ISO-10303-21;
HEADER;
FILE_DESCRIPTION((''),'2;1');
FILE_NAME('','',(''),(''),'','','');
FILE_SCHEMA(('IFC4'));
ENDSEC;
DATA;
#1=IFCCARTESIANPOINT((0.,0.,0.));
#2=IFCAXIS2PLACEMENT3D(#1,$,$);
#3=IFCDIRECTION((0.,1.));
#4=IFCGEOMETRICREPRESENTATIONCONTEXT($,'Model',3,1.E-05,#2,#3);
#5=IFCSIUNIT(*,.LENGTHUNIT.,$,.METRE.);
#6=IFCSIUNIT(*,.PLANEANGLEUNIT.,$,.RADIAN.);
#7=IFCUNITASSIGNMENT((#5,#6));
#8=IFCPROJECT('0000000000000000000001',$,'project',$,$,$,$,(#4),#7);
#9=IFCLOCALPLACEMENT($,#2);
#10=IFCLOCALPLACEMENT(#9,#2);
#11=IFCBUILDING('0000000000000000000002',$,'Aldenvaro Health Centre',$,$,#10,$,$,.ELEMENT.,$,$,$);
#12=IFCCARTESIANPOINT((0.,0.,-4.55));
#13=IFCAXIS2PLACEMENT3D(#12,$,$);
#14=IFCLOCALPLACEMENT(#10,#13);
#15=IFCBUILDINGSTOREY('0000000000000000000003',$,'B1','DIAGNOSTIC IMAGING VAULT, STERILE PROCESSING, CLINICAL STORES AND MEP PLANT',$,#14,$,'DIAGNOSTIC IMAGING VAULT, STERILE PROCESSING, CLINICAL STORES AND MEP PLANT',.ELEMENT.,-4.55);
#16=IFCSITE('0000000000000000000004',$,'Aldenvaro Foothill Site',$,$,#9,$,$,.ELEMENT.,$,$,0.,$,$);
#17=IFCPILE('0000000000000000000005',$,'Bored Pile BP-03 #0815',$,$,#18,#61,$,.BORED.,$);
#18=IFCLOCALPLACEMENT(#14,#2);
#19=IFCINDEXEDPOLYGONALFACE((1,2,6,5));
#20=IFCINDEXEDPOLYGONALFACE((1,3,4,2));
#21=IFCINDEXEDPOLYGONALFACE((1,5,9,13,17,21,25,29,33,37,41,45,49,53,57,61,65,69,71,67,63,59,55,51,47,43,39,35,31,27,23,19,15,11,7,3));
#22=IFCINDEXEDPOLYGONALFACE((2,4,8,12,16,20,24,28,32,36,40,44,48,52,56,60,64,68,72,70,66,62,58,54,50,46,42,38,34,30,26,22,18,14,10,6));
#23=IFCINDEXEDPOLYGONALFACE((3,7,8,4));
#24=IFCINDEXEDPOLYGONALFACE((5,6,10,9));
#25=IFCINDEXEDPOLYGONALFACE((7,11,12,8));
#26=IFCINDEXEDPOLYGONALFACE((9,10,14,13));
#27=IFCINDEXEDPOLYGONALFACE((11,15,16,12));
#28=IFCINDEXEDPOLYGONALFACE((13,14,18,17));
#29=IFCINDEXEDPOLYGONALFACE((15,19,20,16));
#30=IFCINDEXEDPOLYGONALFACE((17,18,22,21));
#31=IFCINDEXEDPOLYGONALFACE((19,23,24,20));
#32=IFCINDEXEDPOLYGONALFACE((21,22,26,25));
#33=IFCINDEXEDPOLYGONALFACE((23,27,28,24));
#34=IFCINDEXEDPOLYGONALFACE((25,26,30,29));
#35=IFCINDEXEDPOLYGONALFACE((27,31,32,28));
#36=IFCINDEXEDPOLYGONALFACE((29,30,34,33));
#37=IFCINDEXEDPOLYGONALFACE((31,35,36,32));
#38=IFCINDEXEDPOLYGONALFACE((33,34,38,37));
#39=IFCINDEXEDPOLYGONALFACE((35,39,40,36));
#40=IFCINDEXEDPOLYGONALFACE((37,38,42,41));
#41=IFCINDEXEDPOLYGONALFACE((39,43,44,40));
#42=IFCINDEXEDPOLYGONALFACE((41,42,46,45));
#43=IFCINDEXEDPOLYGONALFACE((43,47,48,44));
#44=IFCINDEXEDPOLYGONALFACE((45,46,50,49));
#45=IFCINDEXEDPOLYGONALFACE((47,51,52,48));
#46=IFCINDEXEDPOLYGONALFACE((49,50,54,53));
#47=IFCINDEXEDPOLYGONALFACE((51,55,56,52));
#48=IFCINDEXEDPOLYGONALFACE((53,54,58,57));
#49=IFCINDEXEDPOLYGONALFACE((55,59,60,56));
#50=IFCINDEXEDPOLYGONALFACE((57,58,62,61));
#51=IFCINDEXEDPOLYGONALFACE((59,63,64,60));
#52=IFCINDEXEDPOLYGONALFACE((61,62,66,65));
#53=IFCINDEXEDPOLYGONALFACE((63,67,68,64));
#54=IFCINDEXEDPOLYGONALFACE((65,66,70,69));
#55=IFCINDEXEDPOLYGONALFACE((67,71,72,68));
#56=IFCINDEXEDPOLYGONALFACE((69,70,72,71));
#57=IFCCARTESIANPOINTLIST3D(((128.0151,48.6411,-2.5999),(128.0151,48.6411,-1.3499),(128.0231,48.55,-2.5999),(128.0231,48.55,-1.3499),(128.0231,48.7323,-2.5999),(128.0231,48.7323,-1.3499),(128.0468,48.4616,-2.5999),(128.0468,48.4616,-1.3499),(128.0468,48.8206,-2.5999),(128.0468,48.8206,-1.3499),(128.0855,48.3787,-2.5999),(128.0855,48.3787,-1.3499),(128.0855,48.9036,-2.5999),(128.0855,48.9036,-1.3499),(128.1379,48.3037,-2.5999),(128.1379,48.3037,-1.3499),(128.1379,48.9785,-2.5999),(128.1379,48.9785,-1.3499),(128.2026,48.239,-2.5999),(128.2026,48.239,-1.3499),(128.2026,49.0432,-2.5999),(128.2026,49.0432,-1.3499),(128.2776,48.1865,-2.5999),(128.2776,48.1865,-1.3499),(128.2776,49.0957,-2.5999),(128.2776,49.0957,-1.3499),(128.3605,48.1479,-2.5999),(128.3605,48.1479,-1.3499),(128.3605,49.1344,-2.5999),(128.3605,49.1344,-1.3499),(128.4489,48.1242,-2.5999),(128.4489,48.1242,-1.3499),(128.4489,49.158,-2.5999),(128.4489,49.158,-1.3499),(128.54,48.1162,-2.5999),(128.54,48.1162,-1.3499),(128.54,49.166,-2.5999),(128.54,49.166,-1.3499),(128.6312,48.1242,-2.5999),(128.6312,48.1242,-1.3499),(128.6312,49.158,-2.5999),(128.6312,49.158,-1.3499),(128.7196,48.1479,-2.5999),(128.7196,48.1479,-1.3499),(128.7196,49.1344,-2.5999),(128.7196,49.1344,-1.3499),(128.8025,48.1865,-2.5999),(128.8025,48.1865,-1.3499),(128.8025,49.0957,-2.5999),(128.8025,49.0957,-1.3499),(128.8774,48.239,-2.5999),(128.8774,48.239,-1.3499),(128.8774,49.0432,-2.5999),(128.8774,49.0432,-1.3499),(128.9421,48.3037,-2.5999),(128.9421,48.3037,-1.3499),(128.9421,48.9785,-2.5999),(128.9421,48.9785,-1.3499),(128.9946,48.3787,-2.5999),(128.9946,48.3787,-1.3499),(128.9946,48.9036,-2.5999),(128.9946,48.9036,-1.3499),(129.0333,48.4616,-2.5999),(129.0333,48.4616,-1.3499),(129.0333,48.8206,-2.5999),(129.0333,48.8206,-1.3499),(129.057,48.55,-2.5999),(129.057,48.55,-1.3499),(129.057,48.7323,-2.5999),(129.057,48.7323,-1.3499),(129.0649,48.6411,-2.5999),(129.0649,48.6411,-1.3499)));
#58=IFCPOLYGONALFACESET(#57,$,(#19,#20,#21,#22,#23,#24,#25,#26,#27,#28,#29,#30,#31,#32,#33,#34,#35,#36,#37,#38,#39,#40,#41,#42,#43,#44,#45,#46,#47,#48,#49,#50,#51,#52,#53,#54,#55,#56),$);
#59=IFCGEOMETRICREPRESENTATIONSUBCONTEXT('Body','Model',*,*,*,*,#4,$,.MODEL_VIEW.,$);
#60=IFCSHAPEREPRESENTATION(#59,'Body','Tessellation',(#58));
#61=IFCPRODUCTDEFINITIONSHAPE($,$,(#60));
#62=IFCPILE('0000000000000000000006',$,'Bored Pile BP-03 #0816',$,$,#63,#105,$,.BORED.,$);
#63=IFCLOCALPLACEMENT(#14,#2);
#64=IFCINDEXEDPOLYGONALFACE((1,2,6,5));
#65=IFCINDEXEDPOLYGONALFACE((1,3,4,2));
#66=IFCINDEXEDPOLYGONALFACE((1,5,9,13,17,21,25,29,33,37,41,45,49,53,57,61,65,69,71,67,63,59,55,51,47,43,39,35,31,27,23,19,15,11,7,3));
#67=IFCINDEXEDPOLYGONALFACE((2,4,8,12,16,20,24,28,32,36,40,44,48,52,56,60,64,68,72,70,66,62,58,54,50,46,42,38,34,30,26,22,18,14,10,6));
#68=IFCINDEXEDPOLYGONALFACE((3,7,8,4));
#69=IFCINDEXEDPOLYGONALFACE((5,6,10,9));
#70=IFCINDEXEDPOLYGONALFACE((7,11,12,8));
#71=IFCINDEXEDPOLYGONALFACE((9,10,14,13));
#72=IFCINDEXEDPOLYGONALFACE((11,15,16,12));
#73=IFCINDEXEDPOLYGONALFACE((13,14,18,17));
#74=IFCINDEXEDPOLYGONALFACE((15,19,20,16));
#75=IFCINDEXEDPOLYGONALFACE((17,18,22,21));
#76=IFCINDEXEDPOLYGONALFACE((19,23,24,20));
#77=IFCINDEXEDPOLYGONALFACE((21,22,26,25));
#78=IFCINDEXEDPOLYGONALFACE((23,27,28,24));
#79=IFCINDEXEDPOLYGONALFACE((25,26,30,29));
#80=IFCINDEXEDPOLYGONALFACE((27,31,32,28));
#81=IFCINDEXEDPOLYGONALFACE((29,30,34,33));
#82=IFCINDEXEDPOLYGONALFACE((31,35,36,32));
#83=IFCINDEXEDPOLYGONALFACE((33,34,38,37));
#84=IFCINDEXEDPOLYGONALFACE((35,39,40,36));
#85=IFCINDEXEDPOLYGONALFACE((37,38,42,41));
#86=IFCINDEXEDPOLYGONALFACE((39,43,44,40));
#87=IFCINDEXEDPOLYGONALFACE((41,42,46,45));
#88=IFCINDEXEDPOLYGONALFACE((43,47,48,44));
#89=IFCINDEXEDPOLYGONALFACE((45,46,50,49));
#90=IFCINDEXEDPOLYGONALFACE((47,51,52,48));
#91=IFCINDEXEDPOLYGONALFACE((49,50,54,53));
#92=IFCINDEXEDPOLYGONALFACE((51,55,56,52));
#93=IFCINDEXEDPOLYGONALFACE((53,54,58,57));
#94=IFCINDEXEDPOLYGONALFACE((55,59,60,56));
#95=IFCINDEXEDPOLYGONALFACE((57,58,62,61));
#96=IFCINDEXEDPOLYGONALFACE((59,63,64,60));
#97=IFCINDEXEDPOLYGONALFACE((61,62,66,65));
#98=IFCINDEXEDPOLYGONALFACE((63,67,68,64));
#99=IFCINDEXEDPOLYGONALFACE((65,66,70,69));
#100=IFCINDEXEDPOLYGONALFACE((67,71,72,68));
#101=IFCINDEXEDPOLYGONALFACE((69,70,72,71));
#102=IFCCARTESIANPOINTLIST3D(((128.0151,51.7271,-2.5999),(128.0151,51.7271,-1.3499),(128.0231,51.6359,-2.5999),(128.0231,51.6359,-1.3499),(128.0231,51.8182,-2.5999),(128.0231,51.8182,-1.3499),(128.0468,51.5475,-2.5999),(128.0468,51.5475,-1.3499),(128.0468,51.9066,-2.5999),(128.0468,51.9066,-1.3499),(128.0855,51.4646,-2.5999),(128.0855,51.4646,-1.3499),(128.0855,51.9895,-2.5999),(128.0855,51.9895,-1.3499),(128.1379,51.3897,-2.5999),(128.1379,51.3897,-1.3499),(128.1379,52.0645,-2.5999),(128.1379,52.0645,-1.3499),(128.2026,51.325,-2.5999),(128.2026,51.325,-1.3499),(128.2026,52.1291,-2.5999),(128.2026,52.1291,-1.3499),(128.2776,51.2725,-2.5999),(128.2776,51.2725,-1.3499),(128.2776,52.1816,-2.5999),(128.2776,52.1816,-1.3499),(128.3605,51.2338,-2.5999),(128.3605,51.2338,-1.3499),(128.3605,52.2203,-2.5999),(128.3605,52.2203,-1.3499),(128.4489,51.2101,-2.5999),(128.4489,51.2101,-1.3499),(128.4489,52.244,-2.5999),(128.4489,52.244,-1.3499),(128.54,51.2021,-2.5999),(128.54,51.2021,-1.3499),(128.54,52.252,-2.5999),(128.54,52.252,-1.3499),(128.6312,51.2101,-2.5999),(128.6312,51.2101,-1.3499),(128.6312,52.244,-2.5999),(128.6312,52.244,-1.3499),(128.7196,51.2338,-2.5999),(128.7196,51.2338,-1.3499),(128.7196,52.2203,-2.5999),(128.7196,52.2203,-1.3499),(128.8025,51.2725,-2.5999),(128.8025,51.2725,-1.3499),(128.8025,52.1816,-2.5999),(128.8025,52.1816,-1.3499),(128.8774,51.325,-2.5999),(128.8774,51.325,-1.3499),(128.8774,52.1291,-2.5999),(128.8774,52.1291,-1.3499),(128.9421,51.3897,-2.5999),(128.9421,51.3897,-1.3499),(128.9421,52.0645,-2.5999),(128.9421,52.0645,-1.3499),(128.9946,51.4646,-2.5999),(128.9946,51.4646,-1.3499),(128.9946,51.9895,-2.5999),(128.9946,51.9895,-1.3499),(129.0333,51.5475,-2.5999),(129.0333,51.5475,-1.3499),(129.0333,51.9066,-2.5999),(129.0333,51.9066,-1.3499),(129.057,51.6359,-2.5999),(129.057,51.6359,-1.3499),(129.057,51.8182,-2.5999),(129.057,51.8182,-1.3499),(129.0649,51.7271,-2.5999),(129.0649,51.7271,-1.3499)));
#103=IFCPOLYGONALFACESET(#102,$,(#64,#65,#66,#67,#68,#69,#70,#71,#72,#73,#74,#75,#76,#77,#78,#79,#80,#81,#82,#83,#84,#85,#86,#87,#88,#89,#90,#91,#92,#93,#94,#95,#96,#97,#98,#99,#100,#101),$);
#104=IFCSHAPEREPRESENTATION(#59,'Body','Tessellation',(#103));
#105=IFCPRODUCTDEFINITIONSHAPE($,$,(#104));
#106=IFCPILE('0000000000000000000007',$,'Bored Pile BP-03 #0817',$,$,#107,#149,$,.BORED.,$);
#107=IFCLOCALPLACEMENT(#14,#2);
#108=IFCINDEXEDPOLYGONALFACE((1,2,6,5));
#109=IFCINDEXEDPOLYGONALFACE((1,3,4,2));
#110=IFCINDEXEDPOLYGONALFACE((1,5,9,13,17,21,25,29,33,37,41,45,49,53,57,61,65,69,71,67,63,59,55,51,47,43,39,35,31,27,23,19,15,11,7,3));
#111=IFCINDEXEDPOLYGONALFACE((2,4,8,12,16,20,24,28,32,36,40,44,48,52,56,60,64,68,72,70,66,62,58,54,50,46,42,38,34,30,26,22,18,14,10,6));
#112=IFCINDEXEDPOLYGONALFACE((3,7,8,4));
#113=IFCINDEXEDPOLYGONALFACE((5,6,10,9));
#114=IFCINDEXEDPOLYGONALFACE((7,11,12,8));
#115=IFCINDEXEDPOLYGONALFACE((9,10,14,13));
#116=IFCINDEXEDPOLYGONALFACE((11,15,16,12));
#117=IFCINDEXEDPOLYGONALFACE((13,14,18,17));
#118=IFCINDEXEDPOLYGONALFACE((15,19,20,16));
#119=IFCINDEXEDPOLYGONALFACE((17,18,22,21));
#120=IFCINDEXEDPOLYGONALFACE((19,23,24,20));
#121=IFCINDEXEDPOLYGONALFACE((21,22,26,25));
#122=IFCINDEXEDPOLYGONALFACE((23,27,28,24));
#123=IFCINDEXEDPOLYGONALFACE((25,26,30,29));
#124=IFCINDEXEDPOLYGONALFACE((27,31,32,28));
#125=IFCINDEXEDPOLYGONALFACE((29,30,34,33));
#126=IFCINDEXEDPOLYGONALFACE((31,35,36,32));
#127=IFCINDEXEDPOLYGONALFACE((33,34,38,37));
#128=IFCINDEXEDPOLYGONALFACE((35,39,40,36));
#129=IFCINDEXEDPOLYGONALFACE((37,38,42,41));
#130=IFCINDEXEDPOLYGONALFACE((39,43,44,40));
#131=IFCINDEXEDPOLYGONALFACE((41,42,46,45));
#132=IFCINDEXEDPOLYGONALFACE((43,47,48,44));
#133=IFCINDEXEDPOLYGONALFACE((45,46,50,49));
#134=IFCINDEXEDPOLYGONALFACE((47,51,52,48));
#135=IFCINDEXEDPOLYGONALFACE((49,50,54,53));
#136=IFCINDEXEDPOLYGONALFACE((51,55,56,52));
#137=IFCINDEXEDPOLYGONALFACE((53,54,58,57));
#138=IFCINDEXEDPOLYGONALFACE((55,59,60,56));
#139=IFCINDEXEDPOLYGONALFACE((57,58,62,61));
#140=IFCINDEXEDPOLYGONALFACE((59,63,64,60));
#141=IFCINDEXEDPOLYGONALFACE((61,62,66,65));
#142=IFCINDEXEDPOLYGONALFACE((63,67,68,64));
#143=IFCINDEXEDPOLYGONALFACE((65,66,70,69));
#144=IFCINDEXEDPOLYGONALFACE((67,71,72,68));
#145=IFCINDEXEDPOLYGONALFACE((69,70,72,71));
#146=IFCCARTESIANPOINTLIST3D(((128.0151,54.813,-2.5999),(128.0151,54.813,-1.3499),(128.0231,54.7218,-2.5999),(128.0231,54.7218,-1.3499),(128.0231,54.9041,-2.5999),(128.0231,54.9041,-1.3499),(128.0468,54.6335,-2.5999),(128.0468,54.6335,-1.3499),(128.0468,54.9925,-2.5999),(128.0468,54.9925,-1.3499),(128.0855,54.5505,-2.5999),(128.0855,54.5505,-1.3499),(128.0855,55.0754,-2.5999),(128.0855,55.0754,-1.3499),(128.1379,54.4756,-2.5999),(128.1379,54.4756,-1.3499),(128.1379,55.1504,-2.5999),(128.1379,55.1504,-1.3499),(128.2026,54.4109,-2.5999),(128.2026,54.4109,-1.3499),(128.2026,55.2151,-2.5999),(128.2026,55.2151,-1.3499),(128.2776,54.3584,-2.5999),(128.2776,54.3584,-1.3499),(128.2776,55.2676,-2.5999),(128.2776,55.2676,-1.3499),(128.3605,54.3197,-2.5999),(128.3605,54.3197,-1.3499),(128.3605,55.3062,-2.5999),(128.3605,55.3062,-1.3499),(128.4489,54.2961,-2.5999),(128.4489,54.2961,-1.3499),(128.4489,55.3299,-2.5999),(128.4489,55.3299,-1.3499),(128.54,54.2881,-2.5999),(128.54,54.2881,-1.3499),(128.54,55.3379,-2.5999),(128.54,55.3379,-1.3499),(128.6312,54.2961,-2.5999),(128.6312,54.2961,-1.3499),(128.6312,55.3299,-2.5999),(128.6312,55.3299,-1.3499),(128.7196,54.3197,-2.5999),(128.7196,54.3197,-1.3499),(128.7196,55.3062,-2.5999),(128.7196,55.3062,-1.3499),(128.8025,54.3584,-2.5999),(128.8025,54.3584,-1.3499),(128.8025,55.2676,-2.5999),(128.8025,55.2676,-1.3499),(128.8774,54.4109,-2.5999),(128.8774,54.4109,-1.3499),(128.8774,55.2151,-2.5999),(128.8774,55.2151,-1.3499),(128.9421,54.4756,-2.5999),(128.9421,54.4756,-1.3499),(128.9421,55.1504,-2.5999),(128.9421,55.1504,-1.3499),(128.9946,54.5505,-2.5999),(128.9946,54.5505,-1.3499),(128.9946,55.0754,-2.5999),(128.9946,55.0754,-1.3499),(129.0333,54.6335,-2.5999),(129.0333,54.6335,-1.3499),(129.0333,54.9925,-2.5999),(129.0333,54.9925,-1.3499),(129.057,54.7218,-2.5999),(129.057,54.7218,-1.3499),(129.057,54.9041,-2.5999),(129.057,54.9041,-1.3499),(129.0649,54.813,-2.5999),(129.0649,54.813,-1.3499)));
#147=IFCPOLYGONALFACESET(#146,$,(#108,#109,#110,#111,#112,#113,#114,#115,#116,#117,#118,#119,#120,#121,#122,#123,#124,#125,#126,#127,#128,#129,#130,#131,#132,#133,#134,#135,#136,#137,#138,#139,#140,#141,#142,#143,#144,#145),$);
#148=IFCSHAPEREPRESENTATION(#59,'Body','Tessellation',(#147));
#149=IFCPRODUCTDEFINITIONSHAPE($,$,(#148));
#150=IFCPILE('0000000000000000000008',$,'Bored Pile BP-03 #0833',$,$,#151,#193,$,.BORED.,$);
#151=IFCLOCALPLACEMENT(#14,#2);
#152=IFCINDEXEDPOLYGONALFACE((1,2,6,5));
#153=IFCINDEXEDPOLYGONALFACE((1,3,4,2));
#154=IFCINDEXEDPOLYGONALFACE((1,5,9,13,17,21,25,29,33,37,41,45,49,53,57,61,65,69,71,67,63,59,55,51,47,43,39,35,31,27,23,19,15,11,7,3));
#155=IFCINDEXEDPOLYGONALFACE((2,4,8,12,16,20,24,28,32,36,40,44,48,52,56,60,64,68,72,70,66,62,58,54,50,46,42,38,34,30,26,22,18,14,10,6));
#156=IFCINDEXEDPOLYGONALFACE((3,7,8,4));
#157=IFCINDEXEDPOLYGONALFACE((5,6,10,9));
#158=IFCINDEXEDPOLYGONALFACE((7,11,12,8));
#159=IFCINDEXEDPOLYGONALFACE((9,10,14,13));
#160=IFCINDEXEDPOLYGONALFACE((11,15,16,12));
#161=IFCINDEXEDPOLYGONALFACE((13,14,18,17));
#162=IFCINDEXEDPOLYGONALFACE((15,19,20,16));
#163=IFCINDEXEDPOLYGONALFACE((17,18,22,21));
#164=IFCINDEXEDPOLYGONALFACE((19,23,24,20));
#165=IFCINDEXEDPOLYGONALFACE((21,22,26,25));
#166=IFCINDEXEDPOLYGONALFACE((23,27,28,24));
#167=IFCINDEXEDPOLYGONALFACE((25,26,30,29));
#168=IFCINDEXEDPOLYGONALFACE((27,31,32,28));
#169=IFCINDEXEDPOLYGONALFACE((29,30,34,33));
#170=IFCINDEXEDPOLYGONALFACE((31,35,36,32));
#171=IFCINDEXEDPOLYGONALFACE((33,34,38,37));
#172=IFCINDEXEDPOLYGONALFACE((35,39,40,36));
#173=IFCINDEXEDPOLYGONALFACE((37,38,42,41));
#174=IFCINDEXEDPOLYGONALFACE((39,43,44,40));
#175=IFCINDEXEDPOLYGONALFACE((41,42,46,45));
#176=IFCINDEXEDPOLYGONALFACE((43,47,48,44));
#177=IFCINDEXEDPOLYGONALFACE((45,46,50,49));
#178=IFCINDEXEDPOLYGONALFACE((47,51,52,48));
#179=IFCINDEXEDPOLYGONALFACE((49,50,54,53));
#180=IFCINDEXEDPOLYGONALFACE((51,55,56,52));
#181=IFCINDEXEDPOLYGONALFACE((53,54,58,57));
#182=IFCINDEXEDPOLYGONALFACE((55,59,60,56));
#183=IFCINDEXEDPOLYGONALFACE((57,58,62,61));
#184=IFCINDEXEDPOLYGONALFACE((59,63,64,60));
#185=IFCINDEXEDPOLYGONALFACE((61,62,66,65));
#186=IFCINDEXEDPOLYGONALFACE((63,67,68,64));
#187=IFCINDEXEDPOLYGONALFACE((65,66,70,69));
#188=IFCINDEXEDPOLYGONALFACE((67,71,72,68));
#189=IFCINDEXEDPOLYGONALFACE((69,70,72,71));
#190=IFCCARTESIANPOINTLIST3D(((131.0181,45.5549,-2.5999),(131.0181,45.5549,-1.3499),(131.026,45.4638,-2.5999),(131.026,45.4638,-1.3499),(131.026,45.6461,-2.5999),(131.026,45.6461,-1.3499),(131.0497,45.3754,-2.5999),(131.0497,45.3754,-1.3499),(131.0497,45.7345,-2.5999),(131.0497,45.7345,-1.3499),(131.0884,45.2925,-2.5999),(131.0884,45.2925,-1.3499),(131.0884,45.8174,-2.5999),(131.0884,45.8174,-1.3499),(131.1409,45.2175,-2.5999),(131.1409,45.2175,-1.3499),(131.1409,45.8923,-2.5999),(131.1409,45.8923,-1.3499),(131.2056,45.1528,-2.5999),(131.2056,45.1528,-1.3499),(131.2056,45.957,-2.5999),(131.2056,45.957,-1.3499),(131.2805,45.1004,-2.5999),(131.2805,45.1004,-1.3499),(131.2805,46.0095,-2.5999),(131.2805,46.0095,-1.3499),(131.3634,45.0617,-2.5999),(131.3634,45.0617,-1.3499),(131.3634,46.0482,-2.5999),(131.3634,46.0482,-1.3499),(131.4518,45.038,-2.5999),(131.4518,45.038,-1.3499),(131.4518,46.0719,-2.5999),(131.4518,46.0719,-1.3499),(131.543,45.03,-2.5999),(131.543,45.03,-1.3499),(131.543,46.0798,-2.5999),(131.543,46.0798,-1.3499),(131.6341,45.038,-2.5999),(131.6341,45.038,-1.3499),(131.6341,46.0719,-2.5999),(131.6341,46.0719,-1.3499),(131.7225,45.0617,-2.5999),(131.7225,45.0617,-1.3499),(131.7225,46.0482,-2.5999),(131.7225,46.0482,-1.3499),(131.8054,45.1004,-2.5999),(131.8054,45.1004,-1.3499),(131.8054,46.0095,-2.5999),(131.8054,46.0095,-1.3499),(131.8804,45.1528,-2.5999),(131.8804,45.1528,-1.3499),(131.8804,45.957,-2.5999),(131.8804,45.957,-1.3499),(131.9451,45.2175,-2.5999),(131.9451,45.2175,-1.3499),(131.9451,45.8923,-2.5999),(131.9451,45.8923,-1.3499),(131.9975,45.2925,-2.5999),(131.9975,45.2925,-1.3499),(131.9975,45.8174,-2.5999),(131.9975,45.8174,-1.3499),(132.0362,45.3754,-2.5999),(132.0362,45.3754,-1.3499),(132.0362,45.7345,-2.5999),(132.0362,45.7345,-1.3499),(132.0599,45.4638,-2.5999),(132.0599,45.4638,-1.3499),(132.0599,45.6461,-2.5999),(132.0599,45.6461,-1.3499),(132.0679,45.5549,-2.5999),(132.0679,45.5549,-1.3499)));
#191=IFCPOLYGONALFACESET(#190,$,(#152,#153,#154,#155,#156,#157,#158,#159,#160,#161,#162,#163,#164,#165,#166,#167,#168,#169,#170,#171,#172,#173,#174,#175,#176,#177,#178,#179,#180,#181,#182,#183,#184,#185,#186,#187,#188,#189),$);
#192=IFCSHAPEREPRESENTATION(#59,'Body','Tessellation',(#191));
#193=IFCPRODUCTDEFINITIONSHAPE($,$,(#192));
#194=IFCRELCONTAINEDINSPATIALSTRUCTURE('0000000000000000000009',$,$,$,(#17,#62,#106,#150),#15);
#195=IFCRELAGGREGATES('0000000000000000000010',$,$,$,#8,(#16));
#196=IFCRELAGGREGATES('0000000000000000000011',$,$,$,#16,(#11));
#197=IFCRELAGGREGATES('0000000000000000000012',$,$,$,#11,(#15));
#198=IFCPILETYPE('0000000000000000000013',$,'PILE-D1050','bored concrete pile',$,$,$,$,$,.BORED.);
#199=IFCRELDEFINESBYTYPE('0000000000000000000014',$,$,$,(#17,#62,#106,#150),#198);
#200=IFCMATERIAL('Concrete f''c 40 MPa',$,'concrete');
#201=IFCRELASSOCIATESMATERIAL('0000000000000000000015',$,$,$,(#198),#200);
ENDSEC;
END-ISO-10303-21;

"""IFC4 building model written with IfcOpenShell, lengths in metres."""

from ifc_helpers import new_model, si_unit, direction, frame, origin, origin_2d, place, context, subcontext, project, spatial, circle, extrude, material, material_profile, profile_set, type_object, element, save


model = new_model("IFC4")

# Units and contexts
model_context = context("Model", 3, precision=1e-05, world=origin(), true_north=direction((0.0, 1.0)))
body_context = subcontext(model_context, "Body", "Model", "MODEL_VIEW")
ifc_project = project(units=[si_unit("LENGTHUNIT", "METRE"), si_unit("PLANEANGLEUNIT", "RADIAN")], contexts=[model_context])

# Site, building, storey
site_placement = place(None, origin())
site = spatial("IfcSite", under=ifc_project, at=site_placement, Name="Aldenvaro Foothill Site", CompositionType="ELEMENT", RefElevation=0.0)
building_placement = place(site_placement, origin())
building = spatial("IfcBuilding", under=site, at=building_placement, Name="Aldenvaro Health Centre", CompositionType="ELEMENT")
storey_placement = place(building_placement, frame((0.0, 0.0, -4.55)))
storey = spatial("IfcBuildingStorey", under=building, at=storey_placement, Name="B1", Description="DIAGNOSTIC IMAGING VAULT, STERILE PROCESSING, CLINICAL STORES AND MEP PLANT", LongName="DIAGNOSTIC IMAGING VAULT, STERILE PROCESSING, CLINICAL STORES AND MEP PLANT", CompositionType="ELEMENT", Elevation=-4.55)

# Piles
ifc_material = material(Name="Concrete f'c 40 MPa", Category="concrete")
ifc_material_profile = material_profile(ifc_material, circle(Radius=0.5249, at=origin_2d()), Name="PILE D1050", Category="concrete")
ifc_profile_set = profile_set([ifc_material_profile], Name="Concrete f'c 40 MPa")
pile_type = type_object("IfcPileType", Name="PILE-D1050", Description="bored concrete pile", PredefinedType="BORED", material=ifc_profile_set)
for number, where, z_axis, x_axis, name in (
    (1, (128.54, 48.6411, -1.3499), (0.0, 0.0, -1.0), (1.0, 0.0, 0.0), "Bored Pile BP-03 #0815"),
    (2, (128.54, 51.7271, -1.3499), (0.0, 0.0, -1.0), (1.0, 0.0, 0.0), "Bored Pile BP-03 #0816"),
    (3, (128.54, 54.813, -1.3499), (0.0, 0.0, -1.0), (1.0, 0.0, 0.0), "Bored Pile BP-03 #0817"),
    (4, (131.543, 45.5549, -1.3499), (0.0, 0.0, -1.0), (1.0, 0.0, 0.0), "Bored Pile BP-03 #0833"),
):
    element("IfcPile", number, at=place(storey_placement, frame(where, z_axis=z_axis, x_axis=x_axis)), inside=storey, type_object=pile_type, Name=name, PredefinedType="BORED", context=body_context, shape_type="SweptSolid", body=[
        extrude(circle(Radius=0.5249, at=origin_2d()), origin(), (0.0, 0.0, 1.0), 1.25),
    ])

save(model, "model.ifc")
